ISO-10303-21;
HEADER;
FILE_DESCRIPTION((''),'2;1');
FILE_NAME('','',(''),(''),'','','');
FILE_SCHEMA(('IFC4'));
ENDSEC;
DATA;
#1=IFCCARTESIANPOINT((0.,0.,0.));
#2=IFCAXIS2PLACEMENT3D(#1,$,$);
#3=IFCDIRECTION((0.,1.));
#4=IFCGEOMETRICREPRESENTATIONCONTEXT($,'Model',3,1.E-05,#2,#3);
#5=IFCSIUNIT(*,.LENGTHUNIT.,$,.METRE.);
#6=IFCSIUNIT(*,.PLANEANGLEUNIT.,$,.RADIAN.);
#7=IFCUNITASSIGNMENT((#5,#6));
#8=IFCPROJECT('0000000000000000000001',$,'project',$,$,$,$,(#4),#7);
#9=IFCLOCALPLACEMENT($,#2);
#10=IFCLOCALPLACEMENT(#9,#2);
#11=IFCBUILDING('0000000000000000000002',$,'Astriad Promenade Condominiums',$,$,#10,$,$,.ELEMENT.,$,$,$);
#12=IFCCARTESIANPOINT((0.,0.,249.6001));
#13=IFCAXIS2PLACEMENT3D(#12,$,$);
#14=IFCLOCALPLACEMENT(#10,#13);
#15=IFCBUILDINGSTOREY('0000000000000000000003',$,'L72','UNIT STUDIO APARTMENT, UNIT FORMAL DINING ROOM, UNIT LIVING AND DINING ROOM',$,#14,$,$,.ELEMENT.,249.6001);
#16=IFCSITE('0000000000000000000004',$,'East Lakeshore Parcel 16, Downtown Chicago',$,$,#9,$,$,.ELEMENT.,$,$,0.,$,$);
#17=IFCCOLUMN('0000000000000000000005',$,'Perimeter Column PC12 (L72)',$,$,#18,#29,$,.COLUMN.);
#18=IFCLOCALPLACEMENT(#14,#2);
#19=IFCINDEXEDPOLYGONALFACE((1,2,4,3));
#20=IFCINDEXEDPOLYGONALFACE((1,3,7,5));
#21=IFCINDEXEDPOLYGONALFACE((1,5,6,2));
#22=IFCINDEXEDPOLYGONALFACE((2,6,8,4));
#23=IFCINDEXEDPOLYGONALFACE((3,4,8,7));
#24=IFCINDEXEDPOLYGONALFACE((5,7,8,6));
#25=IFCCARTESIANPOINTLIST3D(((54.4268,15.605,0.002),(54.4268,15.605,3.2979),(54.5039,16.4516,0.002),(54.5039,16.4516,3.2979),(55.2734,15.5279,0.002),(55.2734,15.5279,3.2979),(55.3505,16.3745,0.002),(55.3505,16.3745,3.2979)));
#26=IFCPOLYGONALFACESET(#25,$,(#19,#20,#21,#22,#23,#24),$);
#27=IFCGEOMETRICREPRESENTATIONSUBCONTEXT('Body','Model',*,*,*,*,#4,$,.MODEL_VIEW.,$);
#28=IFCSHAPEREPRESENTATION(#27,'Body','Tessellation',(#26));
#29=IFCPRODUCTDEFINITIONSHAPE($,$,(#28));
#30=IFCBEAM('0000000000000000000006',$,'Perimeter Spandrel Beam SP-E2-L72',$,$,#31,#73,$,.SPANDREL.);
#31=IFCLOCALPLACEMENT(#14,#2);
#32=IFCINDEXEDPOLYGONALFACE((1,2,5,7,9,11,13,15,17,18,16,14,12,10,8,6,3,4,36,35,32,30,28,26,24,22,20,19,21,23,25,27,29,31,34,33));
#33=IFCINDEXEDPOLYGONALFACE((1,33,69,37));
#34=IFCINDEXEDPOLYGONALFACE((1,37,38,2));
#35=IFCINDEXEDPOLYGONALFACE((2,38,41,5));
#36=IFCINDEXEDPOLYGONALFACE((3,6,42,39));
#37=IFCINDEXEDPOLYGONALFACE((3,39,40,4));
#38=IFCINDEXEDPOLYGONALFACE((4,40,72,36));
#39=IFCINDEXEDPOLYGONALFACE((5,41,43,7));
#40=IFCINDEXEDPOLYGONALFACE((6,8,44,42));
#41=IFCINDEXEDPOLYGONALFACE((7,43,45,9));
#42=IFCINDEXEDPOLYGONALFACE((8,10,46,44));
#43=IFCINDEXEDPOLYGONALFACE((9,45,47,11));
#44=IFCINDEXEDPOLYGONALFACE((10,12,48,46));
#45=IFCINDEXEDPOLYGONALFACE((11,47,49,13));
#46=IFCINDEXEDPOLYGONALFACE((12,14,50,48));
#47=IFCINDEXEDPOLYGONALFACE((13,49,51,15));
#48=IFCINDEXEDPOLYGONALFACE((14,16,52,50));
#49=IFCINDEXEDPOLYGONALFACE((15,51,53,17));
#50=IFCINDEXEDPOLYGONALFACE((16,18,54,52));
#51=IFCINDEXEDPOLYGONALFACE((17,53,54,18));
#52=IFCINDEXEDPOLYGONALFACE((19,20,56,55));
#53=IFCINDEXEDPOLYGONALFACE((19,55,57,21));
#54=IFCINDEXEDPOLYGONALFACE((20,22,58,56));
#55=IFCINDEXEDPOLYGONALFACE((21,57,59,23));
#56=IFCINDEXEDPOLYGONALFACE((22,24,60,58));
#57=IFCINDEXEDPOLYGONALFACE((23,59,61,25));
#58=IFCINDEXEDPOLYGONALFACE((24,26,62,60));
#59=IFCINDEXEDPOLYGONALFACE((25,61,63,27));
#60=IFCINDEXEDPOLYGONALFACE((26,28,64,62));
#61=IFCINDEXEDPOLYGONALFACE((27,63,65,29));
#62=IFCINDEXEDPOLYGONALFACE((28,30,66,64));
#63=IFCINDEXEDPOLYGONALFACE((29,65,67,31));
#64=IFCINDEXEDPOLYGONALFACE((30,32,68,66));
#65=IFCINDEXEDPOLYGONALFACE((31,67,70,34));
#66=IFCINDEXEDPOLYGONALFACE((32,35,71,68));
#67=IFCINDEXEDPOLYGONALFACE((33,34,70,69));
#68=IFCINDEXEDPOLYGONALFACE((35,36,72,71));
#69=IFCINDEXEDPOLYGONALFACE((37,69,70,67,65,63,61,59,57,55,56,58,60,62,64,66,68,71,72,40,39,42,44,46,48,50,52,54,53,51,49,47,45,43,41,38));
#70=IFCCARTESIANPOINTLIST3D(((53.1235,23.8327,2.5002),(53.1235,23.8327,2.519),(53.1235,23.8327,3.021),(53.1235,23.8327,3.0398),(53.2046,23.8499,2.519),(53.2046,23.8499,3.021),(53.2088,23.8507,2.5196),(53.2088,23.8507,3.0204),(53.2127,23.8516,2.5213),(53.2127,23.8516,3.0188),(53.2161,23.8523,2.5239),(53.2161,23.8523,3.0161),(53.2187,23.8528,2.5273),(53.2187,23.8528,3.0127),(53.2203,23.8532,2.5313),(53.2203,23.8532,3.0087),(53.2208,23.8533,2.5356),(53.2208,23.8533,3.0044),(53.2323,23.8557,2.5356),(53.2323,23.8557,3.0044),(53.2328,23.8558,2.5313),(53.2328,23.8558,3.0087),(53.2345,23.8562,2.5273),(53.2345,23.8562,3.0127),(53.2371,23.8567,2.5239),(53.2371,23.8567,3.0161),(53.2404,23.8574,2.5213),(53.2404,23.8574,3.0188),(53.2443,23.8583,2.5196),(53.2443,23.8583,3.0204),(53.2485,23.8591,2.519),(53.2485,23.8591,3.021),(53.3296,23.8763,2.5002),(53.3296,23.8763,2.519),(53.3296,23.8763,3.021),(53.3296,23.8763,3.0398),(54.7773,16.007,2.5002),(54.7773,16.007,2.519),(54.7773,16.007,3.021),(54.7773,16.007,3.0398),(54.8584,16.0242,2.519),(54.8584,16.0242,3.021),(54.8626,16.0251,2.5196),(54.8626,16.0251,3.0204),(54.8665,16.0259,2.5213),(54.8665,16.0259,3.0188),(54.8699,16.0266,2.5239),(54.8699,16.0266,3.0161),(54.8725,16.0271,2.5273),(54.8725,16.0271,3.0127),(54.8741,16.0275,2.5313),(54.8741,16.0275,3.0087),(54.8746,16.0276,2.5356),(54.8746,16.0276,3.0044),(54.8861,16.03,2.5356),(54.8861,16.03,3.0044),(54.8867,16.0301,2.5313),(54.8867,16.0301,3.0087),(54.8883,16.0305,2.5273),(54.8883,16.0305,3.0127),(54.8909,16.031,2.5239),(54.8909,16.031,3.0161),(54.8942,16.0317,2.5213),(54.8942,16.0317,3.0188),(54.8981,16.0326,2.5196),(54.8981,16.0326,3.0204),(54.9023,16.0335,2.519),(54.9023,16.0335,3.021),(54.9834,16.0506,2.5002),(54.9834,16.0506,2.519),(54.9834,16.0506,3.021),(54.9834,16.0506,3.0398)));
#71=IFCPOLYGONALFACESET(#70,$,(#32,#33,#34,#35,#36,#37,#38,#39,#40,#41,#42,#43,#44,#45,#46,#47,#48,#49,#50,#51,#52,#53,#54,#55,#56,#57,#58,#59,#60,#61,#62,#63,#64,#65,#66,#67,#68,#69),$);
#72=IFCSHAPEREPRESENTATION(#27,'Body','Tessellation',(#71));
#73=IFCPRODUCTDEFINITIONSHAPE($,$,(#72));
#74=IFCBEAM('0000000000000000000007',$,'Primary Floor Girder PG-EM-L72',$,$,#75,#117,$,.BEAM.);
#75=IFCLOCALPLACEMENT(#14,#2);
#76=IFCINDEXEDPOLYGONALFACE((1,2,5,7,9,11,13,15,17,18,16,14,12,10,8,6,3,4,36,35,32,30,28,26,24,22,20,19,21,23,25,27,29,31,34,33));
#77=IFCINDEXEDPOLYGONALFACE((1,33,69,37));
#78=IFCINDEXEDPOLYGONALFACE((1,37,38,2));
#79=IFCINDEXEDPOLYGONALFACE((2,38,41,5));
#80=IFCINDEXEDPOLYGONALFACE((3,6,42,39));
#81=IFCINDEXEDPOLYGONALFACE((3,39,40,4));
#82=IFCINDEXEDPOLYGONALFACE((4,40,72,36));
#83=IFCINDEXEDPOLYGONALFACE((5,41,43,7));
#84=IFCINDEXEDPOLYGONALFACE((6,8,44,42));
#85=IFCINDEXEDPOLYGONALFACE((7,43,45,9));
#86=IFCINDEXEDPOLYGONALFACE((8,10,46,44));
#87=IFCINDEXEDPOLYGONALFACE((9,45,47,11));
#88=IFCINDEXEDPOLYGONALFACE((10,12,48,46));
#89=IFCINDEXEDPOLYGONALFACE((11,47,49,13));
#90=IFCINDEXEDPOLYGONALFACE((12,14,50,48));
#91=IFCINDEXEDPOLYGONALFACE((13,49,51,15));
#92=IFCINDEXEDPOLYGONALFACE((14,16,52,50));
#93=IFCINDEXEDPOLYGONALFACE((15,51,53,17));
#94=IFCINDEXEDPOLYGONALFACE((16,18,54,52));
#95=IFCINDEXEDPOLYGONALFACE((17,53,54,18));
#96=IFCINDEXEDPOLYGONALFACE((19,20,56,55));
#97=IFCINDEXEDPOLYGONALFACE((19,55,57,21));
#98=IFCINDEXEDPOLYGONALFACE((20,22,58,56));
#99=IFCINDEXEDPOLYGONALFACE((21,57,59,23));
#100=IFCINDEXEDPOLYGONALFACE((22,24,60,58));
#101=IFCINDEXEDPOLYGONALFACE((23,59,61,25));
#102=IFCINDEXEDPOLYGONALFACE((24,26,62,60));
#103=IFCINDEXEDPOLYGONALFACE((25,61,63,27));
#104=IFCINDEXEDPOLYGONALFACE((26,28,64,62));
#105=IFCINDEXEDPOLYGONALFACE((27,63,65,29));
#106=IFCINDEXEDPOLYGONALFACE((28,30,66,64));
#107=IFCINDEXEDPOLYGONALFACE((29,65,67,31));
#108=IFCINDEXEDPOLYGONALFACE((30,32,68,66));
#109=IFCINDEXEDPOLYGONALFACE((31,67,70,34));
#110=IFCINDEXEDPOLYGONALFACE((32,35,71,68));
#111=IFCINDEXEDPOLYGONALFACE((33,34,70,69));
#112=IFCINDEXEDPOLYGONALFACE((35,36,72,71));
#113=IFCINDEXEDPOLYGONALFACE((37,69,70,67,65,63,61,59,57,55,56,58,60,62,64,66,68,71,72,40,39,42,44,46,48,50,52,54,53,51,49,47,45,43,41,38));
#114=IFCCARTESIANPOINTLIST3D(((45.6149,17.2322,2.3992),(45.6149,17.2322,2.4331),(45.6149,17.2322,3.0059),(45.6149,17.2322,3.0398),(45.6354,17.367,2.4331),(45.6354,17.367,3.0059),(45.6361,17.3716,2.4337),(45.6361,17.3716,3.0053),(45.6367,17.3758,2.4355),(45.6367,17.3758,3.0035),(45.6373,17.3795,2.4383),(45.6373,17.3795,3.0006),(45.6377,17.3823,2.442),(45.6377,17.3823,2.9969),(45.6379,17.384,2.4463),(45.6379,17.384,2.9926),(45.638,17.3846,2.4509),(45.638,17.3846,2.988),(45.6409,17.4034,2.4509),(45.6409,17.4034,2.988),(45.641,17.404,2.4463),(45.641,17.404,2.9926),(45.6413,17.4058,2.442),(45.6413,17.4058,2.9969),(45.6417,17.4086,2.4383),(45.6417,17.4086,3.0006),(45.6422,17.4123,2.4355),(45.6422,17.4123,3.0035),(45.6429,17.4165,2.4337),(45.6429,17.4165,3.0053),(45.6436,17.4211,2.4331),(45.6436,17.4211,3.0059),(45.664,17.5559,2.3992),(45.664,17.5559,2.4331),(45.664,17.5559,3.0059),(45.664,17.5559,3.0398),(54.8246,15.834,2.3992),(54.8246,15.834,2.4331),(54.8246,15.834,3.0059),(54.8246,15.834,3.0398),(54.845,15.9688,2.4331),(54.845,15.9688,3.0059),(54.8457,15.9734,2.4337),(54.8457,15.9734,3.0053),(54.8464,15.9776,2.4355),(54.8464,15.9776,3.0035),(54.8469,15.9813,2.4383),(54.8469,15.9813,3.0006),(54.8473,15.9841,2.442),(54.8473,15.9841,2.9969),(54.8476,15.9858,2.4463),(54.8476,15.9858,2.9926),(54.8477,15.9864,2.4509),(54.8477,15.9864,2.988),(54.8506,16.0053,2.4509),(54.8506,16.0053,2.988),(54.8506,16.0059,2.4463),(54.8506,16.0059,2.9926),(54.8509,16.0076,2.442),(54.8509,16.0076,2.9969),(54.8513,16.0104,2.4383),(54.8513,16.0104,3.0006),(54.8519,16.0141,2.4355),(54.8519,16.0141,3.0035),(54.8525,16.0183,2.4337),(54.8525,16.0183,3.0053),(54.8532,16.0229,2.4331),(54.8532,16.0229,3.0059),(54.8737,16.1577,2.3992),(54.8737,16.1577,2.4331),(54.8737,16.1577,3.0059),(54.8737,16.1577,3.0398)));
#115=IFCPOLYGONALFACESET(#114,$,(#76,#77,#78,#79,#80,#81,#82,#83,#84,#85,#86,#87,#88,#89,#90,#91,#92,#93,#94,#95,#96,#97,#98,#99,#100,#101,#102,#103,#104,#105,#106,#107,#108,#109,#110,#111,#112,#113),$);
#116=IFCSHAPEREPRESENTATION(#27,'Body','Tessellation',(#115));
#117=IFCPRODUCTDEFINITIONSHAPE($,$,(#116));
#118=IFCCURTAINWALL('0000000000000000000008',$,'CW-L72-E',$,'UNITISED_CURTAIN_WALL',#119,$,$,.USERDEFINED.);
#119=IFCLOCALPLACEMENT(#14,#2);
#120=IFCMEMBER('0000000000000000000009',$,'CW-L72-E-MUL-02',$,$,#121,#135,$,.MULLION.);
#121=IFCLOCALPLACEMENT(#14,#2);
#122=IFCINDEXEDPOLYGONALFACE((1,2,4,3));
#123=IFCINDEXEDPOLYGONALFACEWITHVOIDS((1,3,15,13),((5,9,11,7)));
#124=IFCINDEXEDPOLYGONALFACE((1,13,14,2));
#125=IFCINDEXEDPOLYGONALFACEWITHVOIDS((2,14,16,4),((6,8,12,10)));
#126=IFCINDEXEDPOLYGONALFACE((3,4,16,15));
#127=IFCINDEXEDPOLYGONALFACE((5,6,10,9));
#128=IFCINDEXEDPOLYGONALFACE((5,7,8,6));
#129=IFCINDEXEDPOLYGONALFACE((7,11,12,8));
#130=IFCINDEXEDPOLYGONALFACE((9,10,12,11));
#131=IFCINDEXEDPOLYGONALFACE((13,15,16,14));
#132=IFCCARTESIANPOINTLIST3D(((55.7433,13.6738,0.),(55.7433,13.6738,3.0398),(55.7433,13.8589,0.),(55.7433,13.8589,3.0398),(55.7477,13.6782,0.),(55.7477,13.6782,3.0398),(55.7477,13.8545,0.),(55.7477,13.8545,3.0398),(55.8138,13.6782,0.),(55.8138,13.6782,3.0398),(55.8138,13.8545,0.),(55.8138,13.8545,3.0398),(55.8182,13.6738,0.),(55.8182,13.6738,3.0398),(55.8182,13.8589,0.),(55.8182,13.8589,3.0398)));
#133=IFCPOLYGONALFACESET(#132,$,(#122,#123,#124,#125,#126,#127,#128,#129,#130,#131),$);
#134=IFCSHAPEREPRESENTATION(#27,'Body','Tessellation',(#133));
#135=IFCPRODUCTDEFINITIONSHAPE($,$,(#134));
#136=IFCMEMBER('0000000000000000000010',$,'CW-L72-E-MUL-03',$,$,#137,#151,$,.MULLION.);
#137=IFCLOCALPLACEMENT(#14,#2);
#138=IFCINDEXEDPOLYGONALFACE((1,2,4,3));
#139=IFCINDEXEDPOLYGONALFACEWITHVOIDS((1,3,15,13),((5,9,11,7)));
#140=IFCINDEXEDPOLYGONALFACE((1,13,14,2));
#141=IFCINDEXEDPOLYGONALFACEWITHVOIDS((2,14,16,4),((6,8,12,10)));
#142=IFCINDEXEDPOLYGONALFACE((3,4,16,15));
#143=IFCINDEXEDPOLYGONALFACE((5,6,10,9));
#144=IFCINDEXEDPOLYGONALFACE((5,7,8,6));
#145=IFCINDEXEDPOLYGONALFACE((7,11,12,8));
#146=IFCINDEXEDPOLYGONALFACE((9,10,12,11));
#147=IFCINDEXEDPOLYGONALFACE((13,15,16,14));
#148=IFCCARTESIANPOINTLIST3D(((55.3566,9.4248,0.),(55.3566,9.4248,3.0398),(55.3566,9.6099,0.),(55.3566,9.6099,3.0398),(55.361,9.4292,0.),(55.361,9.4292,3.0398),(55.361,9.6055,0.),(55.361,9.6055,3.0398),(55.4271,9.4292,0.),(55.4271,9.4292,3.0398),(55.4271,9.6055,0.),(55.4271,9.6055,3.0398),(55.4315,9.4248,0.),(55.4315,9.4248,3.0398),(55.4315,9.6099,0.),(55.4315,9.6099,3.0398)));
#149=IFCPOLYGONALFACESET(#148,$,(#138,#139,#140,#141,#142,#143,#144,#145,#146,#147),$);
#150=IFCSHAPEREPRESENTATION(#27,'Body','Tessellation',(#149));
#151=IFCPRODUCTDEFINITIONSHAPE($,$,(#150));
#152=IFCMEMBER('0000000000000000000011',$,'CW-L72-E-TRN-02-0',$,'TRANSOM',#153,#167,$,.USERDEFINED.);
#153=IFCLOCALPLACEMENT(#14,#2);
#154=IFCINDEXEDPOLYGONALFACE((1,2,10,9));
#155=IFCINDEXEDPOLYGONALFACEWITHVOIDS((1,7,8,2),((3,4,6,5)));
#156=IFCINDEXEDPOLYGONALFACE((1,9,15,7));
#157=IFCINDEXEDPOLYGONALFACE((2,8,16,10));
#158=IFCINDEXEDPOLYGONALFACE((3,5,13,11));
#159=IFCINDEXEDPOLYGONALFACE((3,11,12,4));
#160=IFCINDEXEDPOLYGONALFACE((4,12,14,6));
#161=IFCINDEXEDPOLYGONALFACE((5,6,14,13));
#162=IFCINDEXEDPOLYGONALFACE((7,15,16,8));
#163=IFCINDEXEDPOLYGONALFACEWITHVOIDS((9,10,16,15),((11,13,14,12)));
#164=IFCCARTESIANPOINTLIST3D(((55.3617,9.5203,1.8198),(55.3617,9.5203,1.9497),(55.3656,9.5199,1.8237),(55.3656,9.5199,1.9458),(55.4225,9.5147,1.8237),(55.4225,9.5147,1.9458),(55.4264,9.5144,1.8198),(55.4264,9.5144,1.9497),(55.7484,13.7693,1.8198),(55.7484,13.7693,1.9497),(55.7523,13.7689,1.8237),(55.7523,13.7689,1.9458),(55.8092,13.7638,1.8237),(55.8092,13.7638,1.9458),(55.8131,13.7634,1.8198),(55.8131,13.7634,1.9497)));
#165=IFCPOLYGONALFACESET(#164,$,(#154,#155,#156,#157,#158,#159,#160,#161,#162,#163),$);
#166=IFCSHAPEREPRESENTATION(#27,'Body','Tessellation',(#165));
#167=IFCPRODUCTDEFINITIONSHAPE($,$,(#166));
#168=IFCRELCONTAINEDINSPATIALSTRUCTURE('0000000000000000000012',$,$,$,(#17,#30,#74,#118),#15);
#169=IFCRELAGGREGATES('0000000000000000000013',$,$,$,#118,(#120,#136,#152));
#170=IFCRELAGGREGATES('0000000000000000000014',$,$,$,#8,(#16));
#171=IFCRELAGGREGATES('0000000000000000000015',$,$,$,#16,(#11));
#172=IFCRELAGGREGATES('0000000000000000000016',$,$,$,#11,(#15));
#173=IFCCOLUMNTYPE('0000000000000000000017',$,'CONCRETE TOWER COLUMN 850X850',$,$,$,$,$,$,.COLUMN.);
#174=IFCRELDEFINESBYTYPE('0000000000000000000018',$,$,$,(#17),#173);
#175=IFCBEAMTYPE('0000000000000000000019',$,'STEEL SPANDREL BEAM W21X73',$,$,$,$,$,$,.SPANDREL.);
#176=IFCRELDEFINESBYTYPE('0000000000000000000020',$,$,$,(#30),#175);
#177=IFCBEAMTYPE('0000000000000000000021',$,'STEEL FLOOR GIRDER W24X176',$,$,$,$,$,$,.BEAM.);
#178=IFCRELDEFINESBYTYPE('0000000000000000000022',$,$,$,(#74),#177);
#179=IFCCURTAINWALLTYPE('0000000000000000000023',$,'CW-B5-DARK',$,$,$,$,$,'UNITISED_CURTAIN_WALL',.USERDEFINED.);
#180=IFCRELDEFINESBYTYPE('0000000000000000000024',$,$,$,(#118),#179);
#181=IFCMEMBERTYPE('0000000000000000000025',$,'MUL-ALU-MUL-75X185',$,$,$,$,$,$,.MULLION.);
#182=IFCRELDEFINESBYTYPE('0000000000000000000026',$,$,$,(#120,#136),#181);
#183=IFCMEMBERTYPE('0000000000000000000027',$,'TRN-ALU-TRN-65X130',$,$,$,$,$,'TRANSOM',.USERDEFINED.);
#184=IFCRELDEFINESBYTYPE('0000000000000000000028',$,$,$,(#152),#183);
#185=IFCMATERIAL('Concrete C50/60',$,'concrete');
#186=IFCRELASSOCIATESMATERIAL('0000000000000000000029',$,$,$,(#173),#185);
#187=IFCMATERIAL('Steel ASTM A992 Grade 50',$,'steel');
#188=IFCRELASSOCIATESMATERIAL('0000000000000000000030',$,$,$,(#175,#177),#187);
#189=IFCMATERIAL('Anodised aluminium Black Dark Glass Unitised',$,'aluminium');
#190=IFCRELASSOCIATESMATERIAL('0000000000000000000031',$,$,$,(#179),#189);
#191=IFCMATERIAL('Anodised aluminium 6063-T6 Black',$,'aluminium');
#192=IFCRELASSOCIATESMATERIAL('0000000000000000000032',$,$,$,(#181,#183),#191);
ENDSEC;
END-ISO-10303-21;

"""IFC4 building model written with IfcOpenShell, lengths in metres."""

from ifc_helpers import new_model, si_unit, direction, frame, origin, origin_2d, place, context, subcontext, project, spatial, rectangle, hollow_rectangle, i_section, extrude, source, transform, mapped, material, material_profile, profile_set, type_object, type_shapes, element, aggregate, save


model = new_model("IFC4")

# Units and contexts
model_context = context("Model", 3, precision=1e-05, world=origin(), true_north=direction((0.0, 1.0)))
body_context = subcontext(model_context, "Body", "Model", "MODEL_VIEW")
ifc_project = project(units=[si_unit("LENGTHUNIT", "METRE"), si_unit("PLANEANGLEUNIT", "RADIAN")], contexts=[model_context])

# Site, building, storey
site_placement = place(None, origin())
site = spatial("IfcSite", under=ifc_project, at=site_placement, Name="East Lakeshore Parcel 16, Downtown Chicago", CompositionType="ELEMENT", RefElevation=0.0)
building_placement = place(site_placement, origin())
building = spatial("IfcBuilding", under=site, at=building_placement, Name="Astriad Promenade Condominiums", CompositionType="ELEMENT")
storey_placement = place(building_placement, frame((0.0, 0.0, 249.6001)))
storey = spatial("IfcBuildingStorey", under=building, at=storey_placement, Name="L72", Description="UNIT STUDIO APARTMENT, UNIT FORMAL DINING ROOM, UNIT LIVING AND DINING ROOM", CompositionType="ELEMENT", Elevation=249.6001)

# Column
ifc_material_1 = material(Name="Concrete C50/60", Category="concrete")
ifc_material_profile_1 = material_profile(ifc_material_1, rectangle(XDim=0.8501, YDim=0.8501, at=origin_2d()), Name="RC-COL-850X850")
ifc_profile_set_1 = profile_set([ifc_material_profile_1], Name="Concrete C50/60")
column_type = type_object("IfcColumnType", Name="CONCRETE TOWER COLUMN 850X850", PredefinedType="COLUMN", material=ifc_profile_set_1)
shared_shape_1 = source(origin(), body_context, "Body", "SweptSolid", [
    extrude(rectangle(XDim=0.8501, YDim=0.8501, at=origin_2d()), origin(), (0.0, 0.0, 1.0), 3.2959),
])
type_shapes(column_type, [shared_shape_1])
column_placement = place(storey_placement, frame((54.8887, 15.9897, 0.002), z_axis=(0.0, 0.0, 1.0), x_axis=(0.995884, -0.090633, 0.0)))
element("IfcColumn", 1, at=column_placement, inside=storey, type_object=column_type, Name="Perimeter Column PC12 (L72)", PredefinedType="COLUMN", context=body_context, shape_type="MappedRepresentation", body=[
    mapped(shared_shape_1, transform((0.0, 0.0, 0.0), scale=1.0)),
])

# Beams
ifc_material_2 = material(Name="Steel ASTM A992 Grade 50", Category="steel")
ifc_material_profile_2 = material_profile(ifc_material_2, i_section(OverallWidth=0.2107, OverallDepth=0.5396, WebThickness=0.0117, FlangeThickness=0.0188, FilletRadius=0.0166, at=origin_2d()), Name="W21X73")
ifc_profile_set_2 = profile_set([ifc_material_profile_2], Name="Steel ASTM A992 Grade 50")
beam_type_1 = type_object("IfcBeamType", Name="STEEL SPANDREL BEAM W21X73", PredefinedType="SPANDREL", material=ifc_profile_set_2)
shared_shape_2 = source(origin(), body_context, "Body", "SweptSolid", [
    extrude(i_section(OverallWidth=0.2107, OverallDepth=0.5396, WebThickness=0.0117, FlangeThickness=0.0188, FilletRadius=0.0166, at=origin_2d()), origin(), (0.0, 0.0, 1.0), 7.9985),
])
type_shapes(beam_type_1, [shared_shape_2])
beam_1_placement = place(storey_placement, frame((54.8804, 16.0288, 2.77), z_axis=(-0.206764, 0.978391, 0.0), x_axis=(-0.978391, -0.206764, 0.0)))
element("IfcBeam", 2, at=beam_1_placement, inside=storey, type_object=beam_type_1, Name="Perimeter Spandrel Beam SP-E2-L72", PredefinedType="SPANDREL", context=body_context, shape_type="MappedRepresentation", body=[
    mapped(shared_shape_2, transform((0.0, 0.0, 0.0), scale=1.0)),
])
ifc_material_profile_3 = material_profile(ifc_material_2, i_section(OverallWidth=0.3274, OverallDepth=0.6406, WebThickness=0.019, FlangeThickness=0.0339, FilletRadius=0.0178, at=origin_2d()), Name="W24X176")
ifc_profile_set_3 = profile_set([ifc_material_profile_3], Name="Steel ASTM A992 Grade 50")
beam_type_2 = type_object("IfcBeamType", Name="STEEL FLOOR GIRDER W24X176", PredefinedType="BEAM", material=ifc_profile_set_3)
shared_shape_3 = source(origin(), body_context, "Body", "SweptSolid", [
    extrude(i_section(OverallWidth=0.3274, OverallDepth=0.6406, WebThickness=0.019, FlangeThickness=0.0339, FilletRadius=0.0178, at=origin_2d()), origin(), (0.0, 0.0, 1.0), 9.3152),
])
type_shapes(beam_type_2, [shared_shape_3])
beam_2_placement = place(storey_placement, frame((54.8491, 15.9958, 2.7195), z_axis=(-0.988671, 0.150097, 0.0), x_axis=(-0.150097, -0.988671, 0.0)))
element("IfcBeam", 3, at=beam_2_placement, inside=storey, type_object=beam_type_2, Name="Primary Floor Girder PG-EM-L72", PredefinedType="BEAM", context=body_context, shape_type="MappedRepresentation", body=[
    mapped(shared_shape_3, transform((0.0, 0.0, 0.0), scale=1.0)),
])

# Curtain wall, members
ifc_material_3 = material(Name="Anodised aluminium Black Dark Glass Unitised", Category="aluminium")
curtain_wall_type = type_object("IfcCurtainWallType", Name="CW-B5-DARK", ElementType="UNITISED_CURTAIN_WALL", PredefinedType="USERDEFINED", material=ifc_material_3)
curtain_wall_placement = place(storey_placement, origin())
curtain_wall = element("IfcCurtainWall", 4, at=curtain_wall_placement, inside=storey, type_object=curtain_wall_type, Name="CW-L72-E", ObjectType="UNITISED_CURTAIN_WALL", PredefinedType="USERDEFINED")
ifc_material_4 = material(Name="Anodised aluminium 6063-T6 Black", Category="aluminium")
ifc_material_profile_4 = material_profile(ifc_material_4, hollow_rectangle(XDim=0.075, YDim=0.1851, WallThickness=0.0044, at=origin_2d()), Name="ALU-MUL-75X185")
ifc_profile_set_4 = profile_set([ifc_material_profile_4], Name="Anodised aluminium 6063-T6 Black")
member_type_1 = type_object("IfcMemberType", Name="MUL-ALU-MUL-75X185", PredefinedType="MULLION", material=ifc_profile_set_4)
shared_shape_4 = source(origin(), body_context, "Body", "SweptSolid", [
    extrude(hollow_rectangle(XDim=0.075, YDim=0.1851, WallThickness=0.0044, at=origin_2d()), origin(), (0.0, 0.0, 1.0), 3.0398),
])
type_shapes(member_type_1, [shared_shape_4])
member_1_placement = place(storey_placement, frame((55.7808, 13.7664, 0.0), z_axis=(0.0, 0.0, 1.0), x_axis=(1.0, 0.0, 0.0)))
member_1 = element("IfcMember", 5, at=member_1_placement, type_object=member_type_1, Name="CW-L72-E-MUL-02", PredefinedType="MULLION", context=body_context, shape_type="MappedRepresentation", body=[
    mapped(shared_shape_4, transform((0.0, 0.0, 0.0), scale=1.0)),
])
member_2_placement = place(storey_placement, frame((55.394, 9.5173, 0.0), z_axis=(0.0, 0.0, 1.0), x_axis=(1.0, 0.0, 0.0)))
member_2 = element("IfcMember", 6, at=member_2_placement, type_object=member_type_1, Name="CW-L72-E-MUL-03", PredefinedType="MULLION", context=body_context, shape_type="MappedRepresentation", body=[
    mapped(shared_shape_4, transform((0.0, 0.0, 0.0), scale=1.0)),
])
ifc_material_profile_5 = material_profile(ifc_material_4, hollow_rectangle(XDim=0.0649, YDim=0.1299, WallThickness=0.0039, at=origin_2d()), Name="ALU-TRN-65X130")
ifc_profile_set_5 = profile_set([ifc_material_profile_5], Name="Anodised aluminium 6063-T6 Black")
member_type_2 = type_object("IfcMemberType", Name="TRN-ALU-TRN-65X130", ElementType="TRANSOM", PredefinedType="USERDEFINED", material=ifc_profile_set_5)
shared_shape_5 = source(origin(), body_context, "Body", "SweptSolid", [
    extrude(hollow_rectangle(XDim=0.0649, YDim=0.1299, WallThickness=0.0039, at=origin_2d()), origin(), (0.0, 0.0, 1.0), 4.2666),
])
type_shapes(member_type_2, [shared_shape_5])
member_3_placement = place(storey_placement, frame((55.7808, 13.7664, 1.8848), z_axis=(-0.090639, -0.995884, 0.0), x_axis=(0.995884, -0.090639, 0.0)))
member_3 = element("IfcMember", 7, at=member_3_placement, type_object=member_type_2, Name="CW-L72-E-TRN-02-0", ObjectType="TRANSOM", PredefinedType="USERDEFINED", context=body_context, shape_type="MappedRepresentation", body=[
    mapped(shared_shape_5, transform((0.0, 0.0, 0.0), scale=1.0)),
])
aggregate(curtain_wall, [member_1, member_2, member_3])

save(model, "model.ifc")
